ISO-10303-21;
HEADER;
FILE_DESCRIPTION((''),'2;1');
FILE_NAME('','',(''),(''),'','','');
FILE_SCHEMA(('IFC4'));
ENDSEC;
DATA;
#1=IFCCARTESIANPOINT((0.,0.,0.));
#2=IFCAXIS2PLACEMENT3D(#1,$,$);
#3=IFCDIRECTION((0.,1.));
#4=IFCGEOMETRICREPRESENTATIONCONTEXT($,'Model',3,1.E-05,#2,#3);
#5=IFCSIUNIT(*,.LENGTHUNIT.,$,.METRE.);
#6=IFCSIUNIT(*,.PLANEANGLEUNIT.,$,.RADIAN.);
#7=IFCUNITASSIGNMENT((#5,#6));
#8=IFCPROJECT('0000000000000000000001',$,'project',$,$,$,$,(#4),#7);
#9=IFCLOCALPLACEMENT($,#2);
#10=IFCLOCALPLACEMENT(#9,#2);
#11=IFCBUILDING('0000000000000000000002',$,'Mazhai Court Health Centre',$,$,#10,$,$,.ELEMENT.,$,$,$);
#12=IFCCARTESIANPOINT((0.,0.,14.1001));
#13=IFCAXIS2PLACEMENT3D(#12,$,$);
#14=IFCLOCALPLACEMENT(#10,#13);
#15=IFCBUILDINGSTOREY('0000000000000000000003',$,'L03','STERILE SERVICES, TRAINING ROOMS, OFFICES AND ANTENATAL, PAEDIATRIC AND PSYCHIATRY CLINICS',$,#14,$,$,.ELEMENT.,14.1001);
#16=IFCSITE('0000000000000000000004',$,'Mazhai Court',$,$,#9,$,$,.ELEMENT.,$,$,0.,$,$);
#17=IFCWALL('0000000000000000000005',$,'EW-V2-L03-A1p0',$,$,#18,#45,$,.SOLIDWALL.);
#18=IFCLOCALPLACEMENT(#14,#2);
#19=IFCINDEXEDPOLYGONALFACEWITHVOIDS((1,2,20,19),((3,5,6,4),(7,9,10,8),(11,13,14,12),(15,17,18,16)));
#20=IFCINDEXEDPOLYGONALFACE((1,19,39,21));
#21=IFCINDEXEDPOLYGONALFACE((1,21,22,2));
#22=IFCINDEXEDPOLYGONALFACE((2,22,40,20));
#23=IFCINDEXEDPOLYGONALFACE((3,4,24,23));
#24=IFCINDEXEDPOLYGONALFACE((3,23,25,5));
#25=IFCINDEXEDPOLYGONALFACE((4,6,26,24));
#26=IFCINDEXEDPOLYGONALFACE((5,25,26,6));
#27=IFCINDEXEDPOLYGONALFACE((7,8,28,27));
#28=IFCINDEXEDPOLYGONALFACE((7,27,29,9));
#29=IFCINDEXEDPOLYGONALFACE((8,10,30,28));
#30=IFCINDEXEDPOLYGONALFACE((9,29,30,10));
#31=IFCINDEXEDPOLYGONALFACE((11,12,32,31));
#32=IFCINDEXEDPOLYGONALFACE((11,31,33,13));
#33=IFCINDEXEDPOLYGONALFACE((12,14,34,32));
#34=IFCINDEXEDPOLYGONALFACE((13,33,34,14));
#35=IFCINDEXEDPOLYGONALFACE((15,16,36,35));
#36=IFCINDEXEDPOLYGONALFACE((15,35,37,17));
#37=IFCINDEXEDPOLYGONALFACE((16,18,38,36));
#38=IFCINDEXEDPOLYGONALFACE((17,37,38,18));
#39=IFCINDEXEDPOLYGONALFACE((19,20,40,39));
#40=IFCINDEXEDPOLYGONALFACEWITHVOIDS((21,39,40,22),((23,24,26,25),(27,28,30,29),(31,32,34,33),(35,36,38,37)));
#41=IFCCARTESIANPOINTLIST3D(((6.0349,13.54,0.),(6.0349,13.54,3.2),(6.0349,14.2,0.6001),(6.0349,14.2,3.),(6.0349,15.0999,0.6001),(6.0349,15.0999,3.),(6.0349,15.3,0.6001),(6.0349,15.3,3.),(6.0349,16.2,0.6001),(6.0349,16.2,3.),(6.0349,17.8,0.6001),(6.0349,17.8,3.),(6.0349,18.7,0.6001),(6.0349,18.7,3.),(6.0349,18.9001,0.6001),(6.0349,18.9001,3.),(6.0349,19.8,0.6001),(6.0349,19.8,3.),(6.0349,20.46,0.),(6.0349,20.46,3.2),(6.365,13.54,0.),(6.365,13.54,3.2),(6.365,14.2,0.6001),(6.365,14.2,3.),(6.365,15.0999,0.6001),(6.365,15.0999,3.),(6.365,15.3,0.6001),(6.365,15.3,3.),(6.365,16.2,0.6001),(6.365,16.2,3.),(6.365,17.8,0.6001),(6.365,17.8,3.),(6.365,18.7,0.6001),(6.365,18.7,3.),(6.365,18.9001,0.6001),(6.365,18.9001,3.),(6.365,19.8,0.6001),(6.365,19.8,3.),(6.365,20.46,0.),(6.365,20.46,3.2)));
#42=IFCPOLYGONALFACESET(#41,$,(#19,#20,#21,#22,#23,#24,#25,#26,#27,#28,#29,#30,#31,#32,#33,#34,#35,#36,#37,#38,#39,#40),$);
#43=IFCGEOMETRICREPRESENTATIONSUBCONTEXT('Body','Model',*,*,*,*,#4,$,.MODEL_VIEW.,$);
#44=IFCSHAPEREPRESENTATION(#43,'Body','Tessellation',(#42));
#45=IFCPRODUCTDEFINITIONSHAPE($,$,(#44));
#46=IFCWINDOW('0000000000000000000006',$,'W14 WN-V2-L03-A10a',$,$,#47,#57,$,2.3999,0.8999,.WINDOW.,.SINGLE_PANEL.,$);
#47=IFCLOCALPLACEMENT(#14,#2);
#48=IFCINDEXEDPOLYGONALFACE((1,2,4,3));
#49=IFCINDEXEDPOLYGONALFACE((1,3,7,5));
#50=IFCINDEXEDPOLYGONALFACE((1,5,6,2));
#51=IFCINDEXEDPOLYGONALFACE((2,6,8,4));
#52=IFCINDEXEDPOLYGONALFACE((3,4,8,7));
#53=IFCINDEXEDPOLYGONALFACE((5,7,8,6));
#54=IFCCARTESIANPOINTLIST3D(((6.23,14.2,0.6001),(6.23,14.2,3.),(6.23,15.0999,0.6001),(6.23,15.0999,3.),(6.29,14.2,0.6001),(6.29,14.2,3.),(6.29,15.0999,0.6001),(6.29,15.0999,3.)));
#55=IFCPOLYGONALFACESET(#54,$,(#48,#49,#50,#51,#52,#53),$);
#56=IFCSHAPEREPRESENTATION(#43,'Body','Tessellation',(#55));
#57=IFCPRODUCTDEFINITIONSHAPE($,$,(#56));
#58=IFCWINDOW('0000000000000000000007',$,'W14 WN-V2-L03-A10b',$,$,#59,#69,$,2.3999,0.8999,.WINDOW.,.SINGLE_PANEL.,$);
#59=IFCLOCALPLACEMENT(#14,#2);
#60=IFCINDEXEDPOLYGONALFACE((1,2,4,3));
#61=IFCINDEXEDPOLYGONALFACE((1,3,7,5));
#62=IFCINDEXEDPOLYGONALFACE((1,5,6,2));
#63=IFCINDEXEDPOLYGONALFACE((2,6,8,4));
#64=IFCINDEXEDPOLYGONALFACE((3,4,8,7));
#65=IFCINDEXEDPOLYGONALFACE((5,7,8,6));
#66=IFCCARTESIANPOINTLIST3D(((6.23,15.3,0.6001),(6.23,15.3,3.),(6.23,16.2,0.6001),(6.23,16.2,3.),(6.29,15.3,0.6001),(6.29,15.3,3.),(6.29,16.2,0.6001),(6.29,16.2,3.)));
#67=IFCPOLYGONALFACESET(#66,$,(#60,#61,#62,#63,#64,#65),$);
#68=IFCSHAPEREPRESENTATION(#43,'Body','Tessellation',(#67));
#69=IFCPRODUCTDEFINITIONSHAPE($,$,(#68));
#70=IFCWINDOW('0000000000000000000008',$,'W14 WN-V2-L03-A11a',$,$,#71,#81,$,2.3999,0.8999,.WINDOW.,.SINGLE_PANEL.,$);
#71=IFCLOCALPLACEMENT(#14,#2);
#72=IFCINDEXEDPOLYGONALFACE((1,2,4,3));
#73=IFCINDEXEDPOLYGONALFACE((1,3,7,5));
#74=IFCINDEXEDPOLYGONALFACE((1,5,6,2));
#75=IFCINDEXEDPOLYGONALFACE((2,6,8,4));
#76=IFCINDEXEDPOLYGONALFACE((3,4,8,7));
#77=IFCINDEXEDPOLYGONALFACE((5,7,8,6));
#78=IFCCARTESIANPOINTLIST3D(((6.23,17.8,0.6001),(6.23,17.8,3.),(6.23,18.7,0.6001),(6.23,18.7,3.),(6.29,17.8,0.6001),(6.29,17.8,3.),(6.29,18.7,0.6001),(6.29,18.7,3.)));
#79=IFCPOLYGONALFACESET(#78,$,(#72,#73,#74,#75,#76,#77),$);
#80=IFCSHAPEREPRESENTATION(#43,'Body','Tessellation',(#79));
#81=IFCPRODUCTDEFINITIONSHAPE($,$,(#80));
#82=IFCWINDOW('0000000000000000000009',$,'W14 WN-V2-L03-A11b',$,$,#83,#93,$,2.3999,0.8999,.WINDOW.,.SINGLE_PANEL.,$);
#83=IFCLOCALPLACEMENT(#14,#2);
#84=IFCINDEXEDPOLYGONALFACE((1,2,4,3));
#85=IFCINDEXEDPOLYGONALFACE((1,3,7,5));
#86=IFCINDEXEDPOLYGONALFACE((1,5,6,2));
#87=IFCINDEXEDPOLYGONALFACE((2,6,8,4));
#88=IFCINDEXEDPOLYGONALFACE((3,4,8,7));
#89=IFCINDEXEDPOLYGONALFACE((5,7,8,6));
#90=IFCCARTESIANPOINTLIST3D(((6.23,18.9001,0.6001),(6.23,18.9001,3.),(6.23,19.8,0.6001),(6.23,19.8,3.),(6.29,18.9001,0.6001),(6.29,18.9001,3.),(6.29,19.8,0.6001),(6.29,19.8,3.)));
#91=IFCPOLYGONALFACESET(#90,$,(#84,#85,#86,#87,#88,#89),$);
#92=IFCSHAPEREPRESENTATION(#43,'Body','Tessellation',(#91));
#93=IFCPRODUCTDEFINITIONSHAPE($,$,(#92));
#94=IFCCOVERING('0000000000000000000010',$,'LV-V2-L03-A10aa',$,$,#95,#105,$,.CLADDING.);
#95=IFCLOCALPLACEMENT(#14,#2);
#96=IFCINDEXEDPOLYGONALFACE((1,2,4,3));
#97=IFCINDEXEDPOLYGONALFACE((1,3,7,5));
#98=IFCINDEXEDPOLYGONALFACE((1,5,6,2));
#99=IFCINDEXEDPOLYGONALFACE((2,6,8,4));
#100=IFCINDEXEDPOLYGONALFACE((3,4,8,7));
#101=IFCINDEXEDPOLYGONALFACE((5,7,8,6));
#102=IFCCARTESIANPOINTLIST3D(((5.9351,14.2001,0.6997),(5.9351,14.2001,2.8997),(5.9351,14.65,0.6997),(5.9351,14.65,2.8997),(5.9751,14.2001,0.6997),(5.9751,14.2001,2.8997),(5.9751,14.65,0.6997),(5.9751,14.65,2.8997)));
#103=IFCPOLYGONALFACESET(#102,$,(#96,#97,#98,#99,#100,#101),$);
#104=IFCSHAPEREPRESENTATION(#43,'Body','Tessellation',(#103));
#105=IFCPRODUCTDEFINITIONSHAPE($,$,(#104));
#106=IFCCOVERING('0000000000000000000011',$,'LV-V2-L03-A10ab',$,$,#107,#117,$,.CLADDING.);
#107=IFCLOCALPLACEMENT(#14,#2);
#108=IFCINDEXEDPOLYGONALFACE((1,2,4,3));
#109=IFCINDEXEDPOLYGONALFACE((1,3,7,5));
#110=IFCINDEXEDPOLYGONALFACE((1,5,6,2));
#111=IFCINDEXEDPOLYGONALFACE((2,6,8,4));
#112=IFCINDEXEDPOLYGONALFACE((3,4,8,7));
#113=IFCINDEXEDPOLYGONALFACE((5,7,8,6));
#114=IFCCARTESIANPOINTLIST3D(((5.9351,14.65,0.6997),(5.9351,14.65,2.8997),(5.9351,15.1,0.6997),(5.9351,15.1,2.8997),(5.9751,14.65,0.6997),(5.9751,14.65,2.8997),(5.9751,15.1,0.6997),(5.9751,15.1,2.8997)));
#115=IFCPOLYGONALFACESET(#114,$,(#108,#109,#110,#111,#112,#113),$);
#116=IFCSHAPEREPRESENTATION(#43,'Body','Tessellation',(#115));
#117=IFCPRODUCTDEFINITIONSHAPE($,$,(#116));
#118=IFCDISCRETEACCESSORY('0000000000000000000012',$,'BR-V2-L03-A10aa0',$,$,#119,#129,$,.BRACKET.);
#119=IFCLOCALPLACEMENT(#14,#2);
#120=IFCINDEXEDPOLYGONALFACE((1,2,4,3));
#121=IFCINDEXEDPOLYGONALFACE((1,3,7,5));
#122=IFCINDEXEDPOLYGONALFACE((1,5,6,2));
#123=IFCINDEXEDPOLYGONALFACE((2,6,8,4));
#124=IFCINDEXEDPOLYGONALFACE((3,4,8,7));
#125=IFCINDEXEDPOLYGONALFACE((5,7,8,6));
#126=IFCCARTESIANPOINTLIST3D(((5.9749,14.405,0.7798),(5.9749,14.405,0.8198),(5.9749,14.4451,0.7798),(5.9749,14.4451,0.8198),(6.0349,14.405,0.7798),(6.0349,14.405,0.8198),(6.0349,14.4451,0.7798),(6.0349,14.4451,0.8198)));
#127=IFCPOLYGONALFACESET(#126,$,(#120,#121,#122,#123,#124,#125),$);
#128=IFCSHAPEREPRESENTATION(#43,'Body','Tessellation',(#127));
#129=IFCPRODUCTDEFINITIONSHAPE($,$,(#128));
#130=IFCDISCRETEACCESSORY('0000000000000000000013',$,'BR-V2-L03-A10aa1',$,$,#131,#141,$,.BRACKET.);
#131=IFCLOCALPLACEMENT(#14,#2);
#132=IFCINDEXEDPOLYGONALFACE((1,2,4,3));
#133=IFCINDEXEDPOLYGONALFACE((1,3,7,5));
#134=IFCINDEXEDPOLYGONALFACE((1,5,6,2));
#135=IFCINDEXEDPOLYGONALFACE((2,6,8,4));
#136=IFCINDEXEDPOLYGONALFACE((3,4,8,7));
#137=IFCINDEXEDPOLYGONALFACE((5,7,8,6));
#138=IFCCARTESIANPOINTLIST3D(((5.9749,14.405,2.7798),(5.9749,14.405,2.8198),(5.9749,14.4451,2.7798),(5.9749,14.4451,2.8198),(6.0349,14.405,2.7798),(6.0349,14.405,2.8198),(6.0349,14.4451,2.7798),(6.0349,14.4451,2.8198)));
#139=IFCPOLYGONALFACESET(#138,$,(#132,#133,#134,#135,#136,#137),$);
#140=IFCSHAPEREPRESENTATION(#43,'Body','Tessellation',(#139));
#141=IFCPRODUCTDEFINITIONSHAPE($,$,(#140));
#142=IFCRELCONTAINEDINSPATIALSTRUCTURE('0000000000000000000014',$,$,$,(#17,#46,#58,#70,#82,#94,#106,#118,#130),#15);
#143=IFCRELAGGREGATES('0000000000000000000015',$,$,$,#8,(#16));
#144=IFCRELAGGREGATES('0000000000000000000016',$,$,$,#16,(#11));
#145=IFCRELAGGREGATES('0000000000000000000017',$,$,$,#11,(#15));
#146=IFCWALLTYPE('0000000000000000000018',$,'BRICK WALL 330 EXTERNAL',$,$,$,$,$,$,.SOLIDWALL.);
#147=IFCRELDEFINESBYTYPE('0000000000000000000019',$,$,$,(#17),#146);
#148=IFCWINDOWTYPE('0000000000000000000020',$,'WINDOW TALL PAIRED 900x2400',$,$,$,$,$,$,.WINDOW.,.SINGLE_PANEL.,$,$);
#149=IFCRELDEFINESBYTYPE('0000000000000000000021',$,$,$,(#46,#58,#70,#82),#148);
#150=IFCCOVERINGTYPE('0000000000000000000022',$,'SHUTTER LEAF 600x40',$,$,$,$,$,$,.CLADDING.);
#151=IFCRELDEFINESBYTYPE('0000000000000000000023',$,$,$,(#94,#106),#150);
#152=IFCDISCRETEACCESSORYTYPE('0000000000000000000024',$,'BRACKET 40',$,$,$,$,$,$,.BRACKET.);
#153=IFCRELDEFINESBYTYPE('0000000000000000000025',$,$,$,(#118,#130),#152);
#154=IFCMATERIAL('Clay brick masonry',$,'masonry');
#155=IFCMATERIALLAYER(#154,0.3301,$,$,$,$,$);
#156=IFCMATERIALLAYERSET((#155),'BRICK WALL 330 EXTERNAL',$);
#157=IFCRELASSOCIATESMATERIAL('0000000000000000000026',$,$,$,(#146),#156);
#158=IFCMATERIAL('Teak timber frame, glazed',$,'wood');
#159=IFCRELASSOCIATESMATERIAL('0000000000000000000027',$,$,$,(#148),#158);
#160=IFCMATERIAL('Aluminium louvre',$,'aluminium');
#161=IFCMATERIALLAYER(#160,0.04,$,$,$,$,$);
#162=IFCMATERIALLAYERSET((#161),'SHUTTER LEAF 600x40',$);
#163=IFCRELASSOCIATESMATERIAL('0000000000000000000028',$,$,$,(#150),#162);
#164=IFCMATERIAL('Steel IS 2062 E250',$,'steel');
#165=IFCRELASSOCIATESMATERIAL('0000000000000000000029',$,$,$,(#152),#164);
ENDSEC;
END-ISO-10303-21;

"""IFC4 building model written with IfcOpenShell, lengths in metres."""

from ifc_helpers import new_model, si_unit, direction, frame, frame_2d, origin, origin_2d, place, context, subcontext, project, spatial, rectangle, extrude, material, layer, layer_set, type_object, element, fill, save


model = new_model("IFC4")

# Units and contexts
model_context = context("Model", 3, precision=1e-05, world=origin(), true_north=direction((0.0, 1.0)))
body_context = subcontext(model_context, "Body", "Model", "MODEL_VIEW")
ifc_project = project(units=[si_unit("LENGTHUNIT", "METRE"), si_unit("PLANEANGLEUNIT", "RADIAN")], contexts=[model_context])

# Site, building, storey
site_placement = place(None, origin())
site = spatial("IfcSite", under=ifc_project, at=site_placement, Name="Mazhai Court", CompositionType="ELEMENT", RefElevation=0.0)
building_placement = place(site_placement, origin())
building = spatial("IfcBuilding", under=site, at=building_placement, Name="Mazhai Court Health Centre", CompositionType="ELEMENT")
storey_placement = place(building_placement, frame((0.0, 0.0, 14.1001)))
storey = spatial("IfcBuildingStorey", under=building, at=storey_placement, Name="L03", Description="STERILE SERVICES, TRAINING ROOMS, OFFICES AND ANTENATAL, PAEDIATRIC AND PSYCHIATRY CLINICS", CompositionType="ELEMENT", Elevation=14.1001)

# Shared definitions
ifc_material_1 = material(Name="Clay brick masonry", Category="masonry")
ifc_layer_1 = layer(ifc_material_1, 0.3301)
ifc_layer_set_1 = layer_set([ifc_layer_1], Name="BRICK WALL 330 EXTERNAL")
wall_type_1 = type_object("IfcWallType", Name="BRICK WALL 330 EXTERNAL", PredefinedType="SOLIDWALL", material=ifc_layer_set_1)

# Wall, openings, windows
wall_1_placement = place(storey_placement, frame((6.2, 13.54, 0.0), z_axis=(0.0, 0.0, 1.0), x_axis=(0.0, 1.0, 0.0)))
wall_1 = element("IfcWall", 1, at=wall_1_placement, inside=storey, type_object=wall_type_1, Name="EW-V2-L03-A1p0", PredefinedType="SOLIDWALL", context=body_context, shape_type="SweptSolid", body=[
    extrude(rectangle(XDim=6.9199, YDim=0.3301, at=frame_2d((3.46, 0.0))), origin(), (0.0, 0.0, 1.0), 3.2),
])
opening_1_placement = place(wall_1_placement, frame((0.6599, 0.0, 0.6001)))
opening_1 = element("IfcOpeningElement", 2, at=opening_1_placement, cuts=wall_1, PredefinedType="OPENING", context=body_context, shape_type="SweptSolid", body=[
    extrude(rectangle(XDim=0.8999, YDim=2.3999, at=frame_2d((0.45, 1.2))), frame((0.0, 0.175, 0.0), z_axis=(0.0, -1.0, 0.0), x_axis=(1.0, 0.0, 0.0)), (0.0, 0.0, 1.0), 0.3501),
])
opening_2_placement = place(wall_1_placement, frame((1.76, 0.0, 0.6001)))
opening_2 = element("IfcOpeningElement", 3, at=opening_2_placement, cuts=wall_1, PredefinedType="OPENING", context=body_context, shape_type="SweptSolid", body=[
    extrude(rectangle(XDim=0.8999, YDim=2.3999, at=frame_2d((0.45, 1.2))), frame((0.0, 0.175, 0.0), z_axis=(0.0, -1.0, 0.0), x_axis=(1.0, 0.0, 0.0)), (0.0, 0.0, 1.0), 0.3501),
])
opening_3_placement = place(wall_1_placement, frame((4.26, 0.0, 0.6001)))
opening_3 = element("IfcOpeningElement", 4, at=opening_3_placement, cuts=wall_1, PredefinedType="OPENING", context=body_context, shape_type="SweptSolid", body=[
    extrude(rectangle(XDim=0.8999, YDim=2.3999, at=frame_2d((0.45, 1.2))), frame((0.0, 0.175, 0.0), z_axis=(0.0, -1.0, 0.0), x_axis=(1.0, 0.0, 0.0)), (0.0, 0.0, 1.0), 0.3501),
])
opening_4_placement = place(wall_1_placement, frame((5.3601, 0.0, 0.6001)))
opening_4 = element("IfcOpeningElement", 5, at=opening_4_placement, cuts=wall_1, PredefinedType="OPENING", context=body_context, shape_type="SweptSolid", body=[
    extrude(rectangle(XDim=0.8999, YDim=2.3999, at=frame_2d((0.45, 1.2))), frame((0.0, 0.175, 0.0), z_axis=(0.0, -1.0, 0.0), x_axis=(1.0, 0.0, 0.0)), (0.0, 0.0, 1.0), 0.3501),
])
ifc_material_2 = material(Name="Teak timber frame, glazed", Category="wood")
window_type = type_object("IfcWindowType", Name="WINDOW TALL PAIRED 900x2400", PartitioningType="SINGLE_PANEL", PredefinedType="WINDOW", material=ifc_material_2)
window_1_placement = place(opening_1_placement, origin())
window_1 = element("IfcWindow", 6, at=window_1_placement, inside=storey, type_object=window_type, Name="W14 WN-V2-L03-A10a", OverallHeight=2.3999, OverallWidth=0.8999, PartitioningType="SINGLE_PANEL", PredefinedType="WINDOW", context=body_context, shape_type="SweptSolid", body=[
    extrude(rectangle(XDim=0.8999, YDim=2.3999, at=frame_2d((0.45, 1.2))), frame((0.0, -0.03, 0.0), z_axis=(0.0, -1.0, 0.0), x_axis=(1.0, 0.0, 0.0)), (0.0, 0.0, 1.0), 0.0601),
])
fill(opening_1, window_1)
window_2_placement = place(opening_2_placement, origin())
window_2 = element("IfcWindow", 7, at=window_2_placement, inside=storey, type_object=window_type, Name="W14 WN-V2-L03-A10b", OverallHeight=2.3999, OverallWidth=0.8999, PartitioningType="SINGLE_PANEL", PredefinedType="WINDOW", context=body_context, shape_type="SweptSolid", body=[
    extrude(rectangle(XDim=0.8999, YDim=2.3999, at=frame_2d((0.45, 1.2))), frame((0.0, -0.03, 0.0), z_axis=(0.0, -1.0, 0.0), x_axis=(1.0, 0.0, 0.0)), (0.0, 0.0, 1.0), 0.0601),
])
fill(opening_2, window_2)
window_3_placement = place(opening_3_placement, origin())
window_3 = element("IfcWindow", 8, at=window_3_placement, inside=storey, type_object=window_type, Name="W14 WN-V2-L03-A11a", OverallHeight=2.3999, OverallWidth=0.8999, PartitioningType="SINGLE_PANEL", PredefinedType="WINDOW", context=body_context, shape_type="SweptSolid", body=[
    extrude(rectangle(XDim=0.8999, YDim=2.3999, at=frame_2d((0.45, 1.2))), frame((0.0, -0.03, 0.0), z_axis=(0.0, -1.0, 0.0), x_axis=(1.0, 0.0, 0.0)), (0.0, 0.0, 1.0), 0.0601),
])
fill(opening_3, window_3)
window_4_placement = place(opening_4_placement, origin())
window_4 = element("IfcWindow", 9, at=window_4_placement, inside=storey, type_object=window_type, Name="W14 WN-V2-L03-A11b", OverallHeight=2.3999, OverallWidth=0.8999, PartitioningType="SINGLE_PANEL", PredefinedType="WINDOW", context=body_context, shape_type="SweptSolid", body=[
    extrude(rectangle(XDim=0.8999, YDim=2.3999, at=frame_2d((0.45, 1.2))), frame((0.0, -0.03, 0.0), z_axis=(0.0, -1.0, 0.0), x_axis=(1.0, 0.0, 0.0)), (0.0, 0.0, 1.0), 0.0601),
])
fill(opening_4, window_4)

# Coverings
ifc_material_3 = material(Name="Aluminium louvre", Category="aluminium")
ifc_layer_2 = layer(ifc_material_3, 0.04)
ifc_layer_set_2 = layer_set([ifc_layer_2], Name="SHUTTER LEAF 600x40")
covering_type = type_object("IfcCoveringType", Name="SHUTTER LEAF 600x40", PredefinedType="CLADDING", material=ifc_layer_set_2)
for number, where, z_axis, x_axis, name in (
    (10, (5.9551, 14.425, 0.6997), (0.0, 0.0, 1.0), (0.0, 1.0, 0.0), "LV-V2-L03-A10aa"),
    (11, (5.9551, 14.875, 0.6997), (0.0, 0.0, 1.0), (0.0, 1.0, 0.0), "LV-V2-L03-A10ab"),
):
    element("IfcCovering", number, at=place(storey_placement, frame(where, z_axis=z_axis, x_axis=x_axis)), inside=storey, type_object=covering_type, Name=name, PredefinedType="CLADDING", context=body_context, shape_type="SweptSolid", body=[
        extrude(rectangle(XDim=0.45, YDim=0.04, at=origin_2d()), origin(), (0.0, 0.0, 1.0), 2.2),
    ])

# Discrete accessories
ifc_material_4 = material(Name="Steel IS 2062 E250", Category="steel")
discrete_accessory_type = type_object("IfcDiscreteAccessoryType", Name="BRACKET 40", PredefinedType="BRACKET", material=ifc_material_4)
for number, where, z_axis, x_axis, name in (
    (12, (6.0049, 14.425, 0.7798), (0.0, 0.0, 1.0), (0.0, 1.0, 0.0), "BR-V2-L03-A10aa0"),
    (13, (6.0049, 14.425, 2.7798), (0.0, 0.0, 1.0), (0.0, 1.0, 0.0), "BR-V2-L03-A10aa1"),
):
    element("IfcDiscreteAccessory", number, at=place(storey_placement, frame(where, z_axis=z_axis, x_axis=x_axis)), inside=storey, type_object=discrete_accessory_type, Name=name, PredefinedType="BRACKET", context=body_context, shape_type="SweptSolid", body=[
        extrude(rectangle(XDim=0.04, YDim=0.0601, at=origin_2d()), origin(), (0.0, 0.0, 1.0), 0.04),
    ])

save(model, "model.ifc")
